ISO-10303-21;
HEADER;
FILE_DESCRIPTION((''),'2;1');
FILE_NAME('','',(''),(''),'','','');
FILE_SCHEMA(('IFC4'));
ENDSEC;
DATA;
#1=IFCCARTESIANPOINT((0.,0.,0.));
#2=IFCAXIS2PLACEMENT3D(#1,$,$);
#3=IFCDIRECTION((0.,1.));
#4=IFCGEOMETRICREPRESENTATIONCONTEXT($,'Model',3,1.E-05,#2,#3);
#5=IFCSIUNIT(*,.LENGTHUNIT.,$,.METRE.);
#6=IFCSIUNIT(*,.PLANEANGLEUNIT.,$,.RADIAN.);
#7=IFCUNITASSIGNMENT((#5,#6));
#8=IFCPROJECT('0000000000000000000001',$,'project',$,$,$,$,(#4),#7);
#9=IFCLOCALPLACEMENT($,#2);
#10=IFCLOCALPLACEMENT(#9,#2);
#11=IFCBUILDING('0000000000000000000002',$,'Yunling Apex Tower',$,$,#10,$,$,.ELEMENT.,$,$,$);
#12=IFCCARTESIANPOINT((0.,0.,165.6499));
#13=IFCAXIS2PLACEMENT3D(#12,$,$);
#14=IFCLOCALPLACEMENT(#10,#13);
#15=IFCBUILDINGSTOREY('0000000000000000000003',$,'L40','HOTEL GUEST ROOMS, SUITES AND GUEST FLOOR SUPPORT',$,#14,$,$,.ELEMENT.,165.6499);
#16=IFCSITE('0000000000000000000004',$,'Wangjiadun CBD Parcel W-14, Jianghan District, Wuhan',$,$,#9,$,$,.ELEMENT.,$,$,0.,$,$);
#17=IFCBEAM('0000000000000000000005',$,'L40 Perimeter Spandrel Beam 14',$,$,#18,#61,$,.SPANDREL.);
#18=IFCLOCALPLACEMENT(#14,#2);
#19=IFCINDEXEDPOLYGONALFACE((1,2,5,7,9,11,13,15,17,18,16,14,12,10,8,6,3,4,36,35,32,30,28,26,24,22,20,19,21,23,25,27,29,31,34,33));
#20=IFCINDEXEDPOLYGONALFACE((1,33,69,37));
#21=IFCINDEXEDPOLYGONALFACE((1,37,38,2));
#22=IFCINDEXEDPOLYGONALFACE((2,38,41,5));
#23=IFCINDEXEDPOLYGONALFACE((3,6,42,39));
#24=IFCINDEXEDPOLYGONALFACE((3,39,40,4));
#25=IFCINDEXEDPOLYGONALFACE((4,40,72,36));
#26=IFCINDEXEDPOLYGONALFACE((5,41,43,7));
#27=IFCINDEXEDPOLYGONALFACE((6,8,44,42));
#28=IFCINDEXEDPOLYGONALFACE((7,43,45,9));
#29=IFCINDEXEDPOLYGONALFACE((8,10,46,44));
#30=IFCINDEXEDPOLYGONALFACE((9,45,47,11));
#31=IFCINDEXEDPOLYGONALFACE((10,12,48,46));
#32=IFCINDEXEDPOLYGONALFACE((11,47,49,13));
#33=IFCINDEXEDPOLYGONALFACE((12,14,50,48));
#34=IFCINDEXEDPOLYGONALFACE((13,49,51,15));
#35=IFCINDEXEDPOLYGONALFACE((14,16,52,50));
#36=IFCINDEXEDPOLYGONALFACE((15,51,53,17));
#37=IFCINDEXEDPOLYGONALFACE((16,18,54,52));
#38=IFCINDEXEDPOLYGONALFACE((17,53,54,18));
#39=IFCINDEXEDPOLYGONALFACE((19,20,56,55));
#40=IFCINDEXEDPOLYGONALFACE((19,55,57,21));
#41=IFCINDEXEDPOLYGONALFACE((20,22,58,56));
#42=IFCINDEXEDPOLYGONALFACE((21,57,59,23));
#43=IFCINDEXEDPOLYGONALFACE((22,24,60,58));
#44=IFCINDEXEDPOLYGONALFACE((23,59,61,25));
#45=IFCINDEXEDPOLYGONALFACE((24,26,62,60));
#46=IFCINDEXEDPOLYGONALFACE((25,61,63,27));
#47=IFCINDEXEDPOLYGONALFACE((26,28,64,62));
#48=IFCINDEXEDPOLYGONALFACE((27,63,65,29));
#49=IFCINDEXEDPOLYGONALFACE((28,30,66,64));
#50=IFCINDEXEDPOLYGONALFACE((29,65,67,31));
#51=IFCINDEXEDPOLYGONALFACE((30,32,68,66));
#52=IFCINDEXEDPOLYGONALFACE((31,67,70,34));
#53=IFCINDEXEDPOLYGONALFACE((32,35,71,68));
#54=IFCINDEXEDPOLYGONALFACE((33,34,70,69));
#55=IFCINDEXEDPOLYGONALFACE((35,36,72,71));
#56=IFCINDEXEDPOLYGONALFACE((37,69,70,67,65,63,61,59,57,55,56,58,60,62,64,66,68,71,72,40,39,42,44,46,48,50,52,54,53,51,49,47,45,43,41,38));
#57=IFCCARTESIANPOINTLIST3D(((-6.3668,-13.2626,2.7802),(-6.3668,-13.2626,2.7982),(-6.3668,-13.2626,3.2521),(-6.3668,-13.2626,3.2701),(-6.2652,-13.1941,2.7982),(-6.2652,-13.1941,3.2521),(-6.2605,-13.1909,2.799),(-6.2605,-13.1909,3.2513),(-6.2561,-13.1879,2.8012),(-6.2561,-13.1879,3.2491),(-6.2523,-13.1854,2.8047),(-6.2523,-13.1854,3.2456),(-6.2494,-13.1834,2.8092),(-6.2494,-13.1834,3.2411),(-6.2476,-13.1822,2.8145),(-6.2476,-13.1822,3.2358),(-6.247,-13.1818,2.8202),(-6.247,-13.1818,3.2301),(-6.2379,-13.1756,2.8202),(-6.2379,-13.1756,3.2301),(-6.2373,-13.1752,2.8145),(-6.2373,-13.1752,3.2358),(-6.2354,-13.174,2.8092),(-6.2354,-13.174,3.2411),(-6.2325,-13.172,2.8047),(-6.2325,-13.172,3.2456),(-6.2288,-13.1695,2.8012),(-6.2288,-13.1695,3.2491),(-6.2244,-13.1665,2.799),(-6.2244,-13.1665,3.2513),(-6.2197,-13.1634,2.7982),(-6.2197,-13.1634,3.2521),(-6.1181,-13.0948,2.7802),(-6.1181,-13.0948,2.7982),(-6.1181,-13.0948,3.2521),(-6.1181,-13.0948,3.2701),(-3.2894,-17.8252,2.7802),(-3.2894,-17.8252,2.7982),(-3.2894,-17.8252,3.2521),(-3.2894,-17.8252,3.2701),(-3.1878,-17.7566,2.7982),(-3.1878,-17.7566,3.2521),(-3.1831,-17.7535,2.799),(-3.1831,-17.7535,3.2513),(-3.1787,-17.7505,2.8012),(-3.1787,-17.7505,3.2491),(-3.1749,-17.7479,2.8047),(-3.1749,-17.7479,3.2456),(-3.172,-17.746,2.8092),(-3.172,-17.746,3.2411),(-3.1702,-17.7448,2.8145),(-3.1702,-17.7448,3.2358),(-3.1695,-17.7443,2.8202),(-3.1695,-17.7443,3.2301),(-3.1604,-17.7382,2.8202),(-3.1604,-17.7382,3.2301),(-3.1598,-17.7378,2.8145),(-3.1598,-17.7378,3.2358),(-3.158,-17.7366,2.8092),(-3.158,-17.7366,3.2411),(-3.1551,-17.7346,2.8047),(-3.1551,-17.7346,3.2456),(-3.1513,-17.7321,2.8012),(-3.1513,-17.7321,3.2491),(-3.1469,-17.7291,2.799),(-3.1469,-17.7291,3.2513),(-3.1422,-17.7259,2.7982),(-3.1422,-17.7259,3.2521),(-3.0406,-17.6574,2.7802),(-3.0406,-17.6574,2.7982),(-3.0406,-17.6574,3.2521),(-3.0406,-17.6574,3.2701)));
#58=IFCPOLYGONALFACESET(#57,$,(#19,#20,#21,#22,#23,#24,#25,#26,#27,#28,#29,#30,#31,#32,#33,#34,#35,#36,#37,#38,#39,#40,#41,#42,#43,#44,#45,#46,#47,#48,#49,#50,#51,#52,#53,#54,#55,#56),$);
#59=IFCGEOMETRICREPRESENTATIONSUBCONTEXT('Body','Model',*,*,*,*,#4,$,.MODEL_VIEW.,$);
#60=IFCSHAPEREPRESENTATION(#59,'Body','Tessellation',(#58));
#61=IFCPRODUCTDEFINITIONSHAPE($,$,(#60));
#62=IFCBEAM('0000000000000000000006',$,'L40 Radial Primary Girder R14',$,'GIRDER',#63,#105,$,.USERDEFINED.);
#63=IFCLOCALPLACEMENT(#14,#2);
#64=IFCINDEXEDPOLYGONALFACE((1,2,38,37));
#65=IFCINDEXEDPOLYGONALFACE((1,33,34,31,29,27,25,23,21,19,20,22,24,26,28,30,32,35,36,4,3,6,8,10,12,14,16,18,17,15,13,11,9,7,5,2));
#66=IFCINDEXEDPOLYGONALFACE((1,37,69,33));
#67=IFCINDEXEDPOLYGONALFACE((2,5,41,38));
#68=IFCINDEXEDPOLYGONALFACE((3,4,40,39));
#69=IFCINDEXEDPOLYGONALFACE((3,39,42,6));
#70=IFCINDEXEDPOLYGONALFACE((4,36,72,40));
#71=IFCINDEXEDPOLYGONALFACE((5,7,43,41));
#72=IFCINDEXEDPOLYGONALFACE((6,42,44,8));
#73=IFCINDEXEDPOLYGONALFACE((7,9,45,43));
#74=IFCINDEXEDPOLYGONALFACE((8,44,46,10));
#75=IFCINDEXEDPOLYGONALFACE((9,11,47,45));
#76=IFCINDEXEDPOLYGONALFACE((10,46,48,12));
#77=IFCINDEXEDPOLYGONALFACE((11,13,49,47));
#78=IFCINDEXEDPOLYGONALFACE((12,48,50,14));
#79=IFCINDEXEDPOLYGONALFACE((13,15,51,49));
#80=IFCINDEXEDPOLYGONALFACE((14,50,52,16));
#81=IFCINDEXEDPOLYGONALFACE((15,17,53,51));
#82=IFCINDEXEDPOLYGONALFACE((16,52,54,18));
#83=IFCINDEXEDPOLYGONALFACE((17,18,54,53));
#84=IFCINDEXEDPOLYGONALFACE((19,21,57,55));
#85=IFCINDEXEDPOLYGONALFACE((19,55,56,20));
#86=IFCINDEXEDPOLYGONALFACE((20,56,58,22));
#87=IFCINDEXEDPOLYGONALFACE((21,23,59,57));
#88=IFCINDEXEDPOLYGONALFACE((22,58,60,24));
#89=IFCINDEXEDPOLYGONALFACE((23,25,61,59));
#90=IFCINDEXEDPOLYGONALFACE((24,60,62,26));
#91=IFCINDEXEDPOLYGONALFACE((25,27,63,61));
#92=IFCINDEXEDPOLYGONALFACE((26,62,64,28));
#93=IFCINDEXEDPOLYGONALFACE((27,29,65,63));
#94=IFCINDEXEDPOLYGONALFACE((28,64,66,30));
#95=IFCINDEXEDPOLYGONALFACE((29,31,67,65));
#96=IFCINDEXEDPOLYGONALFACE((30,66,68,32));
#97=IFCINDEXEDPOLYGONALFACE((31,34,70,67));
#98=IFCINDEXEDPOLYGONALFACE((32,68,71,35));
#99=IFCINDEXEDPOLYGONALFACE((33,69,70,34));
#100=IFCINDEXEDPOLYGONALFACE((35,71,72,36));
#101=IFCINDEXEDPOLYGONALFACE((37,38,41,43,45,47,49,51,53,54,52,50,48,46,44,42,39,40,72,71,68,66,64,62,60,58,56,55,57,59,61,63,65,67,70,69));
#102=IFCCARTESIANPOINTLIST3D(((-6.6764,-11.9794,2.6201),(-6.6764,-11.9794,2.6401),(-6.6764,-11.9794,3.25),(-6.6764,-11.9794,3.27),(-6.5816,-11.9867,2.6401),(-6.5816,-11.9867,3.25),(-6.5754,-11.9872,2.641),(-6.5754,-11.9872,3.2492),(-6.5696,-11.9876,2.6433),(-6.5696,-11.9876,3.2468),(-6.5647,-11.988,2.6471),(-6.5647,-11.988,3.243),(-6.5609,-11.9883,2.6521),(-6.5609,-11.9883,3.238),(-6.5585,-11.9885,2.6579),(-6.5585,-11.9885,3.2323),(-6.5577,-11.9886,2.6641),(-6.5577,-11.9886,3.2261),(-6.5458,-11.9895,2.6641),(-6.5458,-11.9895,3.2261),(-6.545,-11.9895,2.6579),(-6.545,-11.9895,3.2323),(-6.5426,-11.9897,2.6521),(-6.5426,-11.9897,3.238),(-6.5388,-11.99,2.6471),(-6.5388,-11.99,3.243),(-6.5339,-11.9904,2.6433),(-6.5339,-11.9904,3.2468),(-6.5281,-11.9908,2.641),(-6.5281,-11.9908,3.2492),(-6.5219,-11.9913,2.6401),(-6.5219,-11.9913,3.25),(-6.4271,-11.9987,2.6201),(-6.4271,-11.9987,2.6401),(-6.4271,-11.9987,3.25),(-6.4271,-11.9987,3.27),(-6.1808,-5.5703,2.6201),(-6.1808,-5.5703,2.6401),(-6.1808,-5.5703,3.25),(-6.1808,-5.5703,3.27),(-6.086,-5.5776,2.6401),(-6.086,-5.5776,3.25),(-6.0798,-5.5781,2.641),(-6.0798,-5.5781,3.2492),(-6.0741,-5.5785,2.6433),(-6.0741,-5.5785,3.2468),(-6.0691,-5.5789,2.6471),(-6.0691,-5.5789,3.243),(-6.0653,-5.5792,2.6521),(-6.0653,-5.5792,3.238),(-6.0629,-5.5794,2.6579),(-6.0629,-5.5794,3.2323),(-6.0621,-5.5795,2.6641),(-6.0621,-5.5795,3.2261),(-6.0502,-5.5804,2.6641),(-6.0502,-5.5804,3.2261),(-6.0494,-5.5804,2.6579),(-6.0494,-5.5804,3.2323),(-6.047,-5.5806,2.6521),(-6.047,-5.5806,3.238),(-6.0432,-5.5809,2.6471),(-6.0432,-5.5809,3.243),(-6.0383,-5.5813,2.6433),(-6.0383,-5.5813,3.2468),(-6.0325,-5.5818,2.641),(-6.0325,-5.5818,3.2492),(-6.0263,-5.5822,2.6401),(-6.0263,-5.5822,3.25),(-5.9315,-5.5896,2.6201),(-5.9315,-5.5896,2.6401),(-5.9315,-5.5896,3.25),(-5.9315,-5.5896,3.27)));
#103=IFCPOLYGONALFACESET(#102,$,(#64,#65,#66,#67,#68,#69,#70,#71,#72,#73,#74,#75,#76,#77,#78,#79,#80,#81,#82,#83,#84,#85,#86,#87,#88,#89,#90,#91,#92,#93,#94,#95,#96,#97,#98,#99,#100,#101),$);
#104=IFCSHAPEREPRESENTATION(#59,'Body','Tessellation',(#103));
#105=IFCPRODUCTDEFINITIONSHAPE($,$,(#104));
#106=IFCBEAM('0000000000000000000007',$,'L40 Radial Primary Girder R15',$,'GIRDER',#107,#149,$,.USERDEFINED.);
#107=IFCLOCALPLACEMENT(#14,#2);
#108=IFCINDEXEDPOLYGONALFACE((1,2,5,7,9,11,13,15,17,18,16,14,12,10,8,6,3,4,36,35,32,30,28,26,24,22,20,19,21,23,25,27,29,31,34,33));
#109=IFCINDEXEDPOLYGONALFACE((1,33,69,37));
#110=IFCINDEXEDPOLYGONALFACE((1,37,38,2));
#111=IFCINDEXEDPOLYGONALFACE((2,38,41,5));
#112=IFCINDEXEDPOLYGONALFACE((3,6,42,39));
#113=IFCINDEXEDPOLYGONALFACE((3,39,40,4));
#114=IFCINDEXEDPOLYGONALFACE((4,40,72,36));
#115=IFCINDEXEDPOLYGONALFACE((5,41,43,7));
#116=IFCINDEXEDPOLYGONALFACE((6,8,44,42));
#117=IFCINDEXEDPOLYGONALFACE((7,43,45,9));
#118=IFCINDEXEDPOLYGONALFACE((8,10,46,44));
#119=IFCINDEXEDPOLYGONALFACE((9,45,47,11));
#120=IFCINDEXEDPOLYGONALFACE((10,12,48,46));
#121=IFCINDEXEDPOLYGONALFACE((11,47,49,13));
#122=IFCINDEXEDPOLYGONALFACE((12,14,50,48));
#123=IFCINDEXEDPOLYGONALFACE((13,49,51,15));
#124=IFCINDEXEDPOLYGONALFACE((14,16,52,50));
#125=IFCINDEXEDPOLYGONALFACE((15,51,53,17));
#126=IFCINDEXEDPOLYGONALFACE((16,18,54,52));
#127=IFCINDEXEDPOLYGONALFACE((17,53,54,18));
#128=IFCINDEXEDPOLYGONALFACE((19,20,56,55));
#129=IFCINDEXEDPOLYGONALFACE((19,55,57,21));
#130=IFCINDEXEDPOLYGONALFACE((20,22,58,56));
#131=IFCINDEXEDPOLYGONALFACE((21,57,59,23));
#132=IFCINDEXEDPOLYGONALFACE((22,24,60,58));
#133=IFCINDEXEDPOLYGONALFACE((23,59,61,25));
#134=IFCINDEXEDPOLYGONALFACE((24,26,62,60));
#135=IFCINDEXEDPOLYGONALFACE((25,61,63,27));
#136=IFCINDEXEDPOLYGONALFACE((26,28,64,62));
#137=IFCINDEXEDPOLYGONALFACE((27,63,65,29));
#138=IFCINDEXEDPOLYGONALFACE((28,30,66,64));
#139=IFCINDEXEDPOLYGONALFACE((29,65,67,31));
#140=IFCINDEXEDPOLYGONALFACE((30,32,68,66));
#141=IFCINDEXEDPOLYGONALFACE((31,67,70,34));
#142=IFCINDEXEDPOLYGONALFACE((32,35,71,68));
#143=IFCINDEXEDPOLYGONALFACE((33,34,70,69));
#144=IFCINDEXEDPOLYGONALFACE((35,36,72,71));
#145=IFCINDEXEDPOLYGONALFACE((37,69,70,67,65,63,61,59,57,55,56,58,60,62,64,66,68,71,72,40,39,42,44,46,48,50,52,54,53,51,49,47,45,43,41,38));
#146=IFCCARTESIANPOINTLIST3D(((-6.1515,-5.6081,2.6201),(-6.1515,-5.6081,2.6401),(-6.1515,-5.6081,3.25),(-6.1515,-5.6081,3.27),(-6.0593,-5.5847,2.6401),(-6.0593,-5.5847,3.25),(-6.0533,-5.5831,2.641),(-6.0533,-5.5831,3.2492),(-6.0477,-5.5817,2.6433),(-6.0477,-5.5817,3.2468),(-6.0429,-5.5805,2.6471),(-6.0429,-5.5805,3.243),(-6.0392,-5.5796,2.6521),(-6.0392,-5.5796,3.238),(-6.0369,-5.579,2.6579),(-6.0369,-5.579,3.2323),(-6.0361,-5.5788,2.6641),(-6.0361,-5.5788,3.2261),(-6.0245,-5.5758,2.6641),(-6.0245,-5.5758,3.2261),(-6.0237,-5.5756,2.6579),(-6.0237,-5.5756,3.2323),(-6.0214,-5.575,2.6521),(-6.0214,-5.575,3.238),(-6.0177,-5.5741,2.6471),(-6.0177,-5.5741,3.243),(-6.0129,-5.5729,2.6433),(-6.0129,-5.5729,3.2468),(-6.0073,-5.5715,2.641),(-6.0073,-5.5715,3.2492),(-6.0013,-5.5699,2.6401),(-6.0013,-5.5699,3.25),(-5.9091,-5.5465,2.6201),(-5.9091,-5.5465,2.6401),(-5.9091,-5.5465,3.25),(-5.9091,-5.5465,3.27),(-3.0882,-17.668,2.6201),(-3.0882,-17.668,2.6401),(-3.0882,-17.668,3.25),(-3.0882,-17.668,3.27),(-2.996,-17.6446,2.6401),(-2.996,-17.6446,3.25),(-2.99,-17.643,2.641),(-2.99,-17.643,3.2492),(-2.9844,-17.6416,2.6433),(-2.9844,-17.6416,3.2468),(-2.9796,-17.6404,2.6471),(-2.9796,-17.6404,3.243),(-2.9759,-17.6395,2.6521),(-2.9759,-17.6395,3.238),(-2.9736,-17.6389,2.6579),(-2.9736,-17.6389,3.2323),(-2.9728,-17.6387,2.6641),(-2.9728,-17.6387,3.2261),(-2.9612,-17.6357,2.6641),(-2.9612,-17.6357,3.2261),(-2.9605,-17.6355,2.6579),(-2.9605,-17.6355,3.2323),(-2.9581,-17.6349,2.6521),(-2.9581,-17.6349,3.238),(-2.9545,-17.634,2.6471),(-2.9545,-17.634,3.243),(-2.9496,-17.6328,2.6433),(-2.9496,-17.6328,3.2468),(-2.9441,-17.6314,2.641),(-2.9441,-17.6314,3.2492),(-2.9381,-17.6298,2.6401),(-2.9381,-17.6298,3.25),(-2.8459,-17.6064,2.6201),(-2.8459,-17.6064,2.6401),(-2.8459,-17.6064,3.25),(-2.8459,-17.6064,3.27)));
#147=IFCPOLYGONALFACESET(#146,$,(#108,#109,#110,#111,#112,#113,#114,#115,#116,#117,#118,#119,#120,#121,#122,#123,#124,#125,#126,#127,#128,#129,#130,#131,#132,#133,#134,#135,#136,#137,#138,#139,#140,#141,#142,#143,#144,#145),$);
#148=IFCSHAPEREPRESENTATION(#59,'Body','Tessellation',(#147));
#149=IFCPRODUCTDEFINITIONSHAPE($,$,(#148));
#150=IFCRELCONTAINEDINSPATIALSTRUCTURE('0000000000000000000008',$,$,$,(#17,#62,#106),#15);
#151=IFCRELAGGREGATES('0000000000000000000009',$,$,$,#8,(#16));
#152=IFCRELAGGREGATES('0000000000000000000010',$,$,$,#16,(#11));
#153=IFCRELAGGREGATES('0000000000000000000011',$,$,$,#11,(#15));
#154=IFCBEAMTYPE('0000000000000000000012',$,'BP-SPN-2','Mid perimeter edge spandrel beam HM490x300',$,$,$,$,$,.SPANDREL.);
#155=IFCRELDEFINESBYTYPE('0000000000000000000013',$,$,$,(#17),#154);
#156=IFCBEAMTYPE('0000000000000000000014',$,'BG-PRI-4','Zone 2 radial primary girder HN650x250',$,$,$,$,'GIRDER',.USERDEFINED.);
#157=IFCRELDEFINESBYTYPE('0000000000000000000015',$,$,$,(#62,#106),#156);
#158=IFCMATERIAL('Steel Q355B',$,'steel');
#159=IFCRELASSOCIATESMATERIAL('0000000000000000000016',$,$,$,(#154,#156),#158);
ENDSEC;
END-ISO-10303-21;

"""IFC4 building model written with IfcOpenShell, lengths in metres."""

from ifc_helpers import new_model, si_unit, direction, frame, origin, origin_2d, place, context, subcontext, project, spatial, i_section, extrude, source, transform, mapped, material, material_profile, profile_set, type_object, element, save


model = new_model("IFC4")

# Units and contexts
model_context = context("Model", 3, precision=1e-05, world=origin(), true_north=direction((0.0, 1.0)))
body_context = subcontext(model_context, "Body", "Model", "MODEL_VIEW")
ifc_project = project(units=[si_unit("LENGTHUNIT", "METRE"), si_unit("PLANEANGLEUNIT", "RADIAN")], contexts=[model_context])

# Site, building, storey
site_placement = place(None, origin())
site = spatial("IfcSite", under=ifc_project, at=site_placement, Name="Wangjiadun CBD Parcel W-14, Jianghan District, Wuhan", CompositionType="ELEMENT", RefElevation=0.0)
building_placement = place(site_placement, origin())
building = spatial("IfcBuilding", under=site, at=building_placement, Name="Yunling Apex Tower", CompositionType="ELEMENT")
storey_placement = place(building_placement, frame((0.0, 0.0, 165.6499)))
storey = spatial("IfcBuildingStorey", under=building, at=storey_placement, Name="L40", Description="HOTEL GUEST ROOMS, SUITES AND GUEST FLOOR SUPPORT", CompositionType="ELEMENT", Elevation=165.6499)

# Beams
ifc_material_1 = material(Name="Steel Q355B", Category="steel")
ifc_material_profile_1 = material_profile(ifc_material_1, i_section(OverallWidth=0.3, OverallDepth=0.49, WebThickness=0.011, FlangeThickness=0.0181, FilletRadius=0.022, at=origin_2d()))
ifc_profile_set_1 = profile_set([ifc_material_profile_1], Name="Steel Q355B")
beam_type_1 = type_object("IfcBeamType", Name="BP-SPN-2", Description="Mid perimeter edge spandrel beam HM490x300", PredefinedType="SPANDREL", material=ifc_profile_set_1)
shared_shape_1 = source(origin(), body_context, "Body", "SweptSolid", [
    extrude(i_section(OverallWidth=0.3, OverallDepth=0.49, WebThickness=0.011, FlangeThickness=0.0181, FilletRadius=0.022, at=origin_2d()), origin(), (0.0, 0.0, 1.0), 5.5034),
])
beam_1_placement = place(storey_placement, frame((-6.2424, -13.1787, 3.0251), z_axis=(0.559186, -0.829042, 0.0), x_axis=(0.829042, 0.559186, 0.0)))
element("IfcBeam", 1, at=beam_1_placement, inside=storey, type_object=beam_type_1, Name="L40 Perimeter Spandrel Beam 14", PredefinedType="SPANDREL", context=body_context, shape_type="MappedRepresentation", body=[
    mapped(shared_shape_1, transform((0.0, 0.0, 0.0), scale=1.0)),
])
ifc_material_profile_2 = material_profile(ifc_material_1, i_section(OverallWidth=0.25, OverallDepth=0.6499, WebThickness=0.012, FlangeThickness=0.02, FilletRadius=0.0239, at=origin_2d()))
ifc_profile_set_2 = profile_set([ifc_material_profile_2], Name="Steel Q355B")
beam_type_2 = type_object("IfcBeamType", Name="BG-PRI-4", Description="Zone 2 radial primary girder HN650x250", ElementType="GIRDER", PredefinedType="USERDEFINED", material=ifc_profile_set_2)
shared_shape_2 = source(origin(), body_context, "Body", "SweptSolid", [
    extrude(i_section(OverallWidth=0.25, OverallDepth=0.6499, WebThickness=0.012, FlangeThickness=0.02, FilletRadius=0.0239, at=origin_2d()), origin(), (0.0, 0.0, 1.0), 6.4282),
])
beam_2_placement = place(storey_placement, frame((-6.5518, -11.989, 2.9451), z_axis=(0.077097, 0.997024, 0.0), x_axis=(-0.997024, 0.077097, 0.0)))
element("IfcBeam", 2, at=beam_2_placement, inside=storey, type_object=beam_type_2, Name="L40 Radial Primary Girder R14", ObjectType="GIRDER", PredefinedType="USERDEFINED", context=body_context, shape_type="MappedRepresentation", body=[
    mapped(shared_shape_2, transform((0.0, 0.0, 0.0), scale=1.0)),
])
shared_shape_3 = source(origin(), body_context, "Body", "SweptSolid", [
    extrude(i_section(OverallWidth=0.25, OverallDepth=0.6499, WebThickness=0.012, FlangeThickness=0.02, FilletRadius=0.0239, at=origin_2d()), origin(), (0.0, 0.0, 1.0), 12.4429),
])
beam_3_placement = place(storey_placement, frame((-2.967, -17.6372, 2.9451), z_axis=(-0.246186, 0.969223, 0.0), x_axis=(-0.969223, -0.246186, 0.0)))
element("IfcBeam", 3, at=beam_3_placement, inside=storey, type_object=beam_type_2, Name="L40 Radial Primary Girder R15", ObjectType="GIRDER", PredefinedType="USERDEFINED", context=body_context, shape_type="MappedRepresentation", body=[
    mapped(shared_shape_3, transform((0.0, 0.0, 0.0), scale=1.0)),
])

save(model, "model.ifc")
